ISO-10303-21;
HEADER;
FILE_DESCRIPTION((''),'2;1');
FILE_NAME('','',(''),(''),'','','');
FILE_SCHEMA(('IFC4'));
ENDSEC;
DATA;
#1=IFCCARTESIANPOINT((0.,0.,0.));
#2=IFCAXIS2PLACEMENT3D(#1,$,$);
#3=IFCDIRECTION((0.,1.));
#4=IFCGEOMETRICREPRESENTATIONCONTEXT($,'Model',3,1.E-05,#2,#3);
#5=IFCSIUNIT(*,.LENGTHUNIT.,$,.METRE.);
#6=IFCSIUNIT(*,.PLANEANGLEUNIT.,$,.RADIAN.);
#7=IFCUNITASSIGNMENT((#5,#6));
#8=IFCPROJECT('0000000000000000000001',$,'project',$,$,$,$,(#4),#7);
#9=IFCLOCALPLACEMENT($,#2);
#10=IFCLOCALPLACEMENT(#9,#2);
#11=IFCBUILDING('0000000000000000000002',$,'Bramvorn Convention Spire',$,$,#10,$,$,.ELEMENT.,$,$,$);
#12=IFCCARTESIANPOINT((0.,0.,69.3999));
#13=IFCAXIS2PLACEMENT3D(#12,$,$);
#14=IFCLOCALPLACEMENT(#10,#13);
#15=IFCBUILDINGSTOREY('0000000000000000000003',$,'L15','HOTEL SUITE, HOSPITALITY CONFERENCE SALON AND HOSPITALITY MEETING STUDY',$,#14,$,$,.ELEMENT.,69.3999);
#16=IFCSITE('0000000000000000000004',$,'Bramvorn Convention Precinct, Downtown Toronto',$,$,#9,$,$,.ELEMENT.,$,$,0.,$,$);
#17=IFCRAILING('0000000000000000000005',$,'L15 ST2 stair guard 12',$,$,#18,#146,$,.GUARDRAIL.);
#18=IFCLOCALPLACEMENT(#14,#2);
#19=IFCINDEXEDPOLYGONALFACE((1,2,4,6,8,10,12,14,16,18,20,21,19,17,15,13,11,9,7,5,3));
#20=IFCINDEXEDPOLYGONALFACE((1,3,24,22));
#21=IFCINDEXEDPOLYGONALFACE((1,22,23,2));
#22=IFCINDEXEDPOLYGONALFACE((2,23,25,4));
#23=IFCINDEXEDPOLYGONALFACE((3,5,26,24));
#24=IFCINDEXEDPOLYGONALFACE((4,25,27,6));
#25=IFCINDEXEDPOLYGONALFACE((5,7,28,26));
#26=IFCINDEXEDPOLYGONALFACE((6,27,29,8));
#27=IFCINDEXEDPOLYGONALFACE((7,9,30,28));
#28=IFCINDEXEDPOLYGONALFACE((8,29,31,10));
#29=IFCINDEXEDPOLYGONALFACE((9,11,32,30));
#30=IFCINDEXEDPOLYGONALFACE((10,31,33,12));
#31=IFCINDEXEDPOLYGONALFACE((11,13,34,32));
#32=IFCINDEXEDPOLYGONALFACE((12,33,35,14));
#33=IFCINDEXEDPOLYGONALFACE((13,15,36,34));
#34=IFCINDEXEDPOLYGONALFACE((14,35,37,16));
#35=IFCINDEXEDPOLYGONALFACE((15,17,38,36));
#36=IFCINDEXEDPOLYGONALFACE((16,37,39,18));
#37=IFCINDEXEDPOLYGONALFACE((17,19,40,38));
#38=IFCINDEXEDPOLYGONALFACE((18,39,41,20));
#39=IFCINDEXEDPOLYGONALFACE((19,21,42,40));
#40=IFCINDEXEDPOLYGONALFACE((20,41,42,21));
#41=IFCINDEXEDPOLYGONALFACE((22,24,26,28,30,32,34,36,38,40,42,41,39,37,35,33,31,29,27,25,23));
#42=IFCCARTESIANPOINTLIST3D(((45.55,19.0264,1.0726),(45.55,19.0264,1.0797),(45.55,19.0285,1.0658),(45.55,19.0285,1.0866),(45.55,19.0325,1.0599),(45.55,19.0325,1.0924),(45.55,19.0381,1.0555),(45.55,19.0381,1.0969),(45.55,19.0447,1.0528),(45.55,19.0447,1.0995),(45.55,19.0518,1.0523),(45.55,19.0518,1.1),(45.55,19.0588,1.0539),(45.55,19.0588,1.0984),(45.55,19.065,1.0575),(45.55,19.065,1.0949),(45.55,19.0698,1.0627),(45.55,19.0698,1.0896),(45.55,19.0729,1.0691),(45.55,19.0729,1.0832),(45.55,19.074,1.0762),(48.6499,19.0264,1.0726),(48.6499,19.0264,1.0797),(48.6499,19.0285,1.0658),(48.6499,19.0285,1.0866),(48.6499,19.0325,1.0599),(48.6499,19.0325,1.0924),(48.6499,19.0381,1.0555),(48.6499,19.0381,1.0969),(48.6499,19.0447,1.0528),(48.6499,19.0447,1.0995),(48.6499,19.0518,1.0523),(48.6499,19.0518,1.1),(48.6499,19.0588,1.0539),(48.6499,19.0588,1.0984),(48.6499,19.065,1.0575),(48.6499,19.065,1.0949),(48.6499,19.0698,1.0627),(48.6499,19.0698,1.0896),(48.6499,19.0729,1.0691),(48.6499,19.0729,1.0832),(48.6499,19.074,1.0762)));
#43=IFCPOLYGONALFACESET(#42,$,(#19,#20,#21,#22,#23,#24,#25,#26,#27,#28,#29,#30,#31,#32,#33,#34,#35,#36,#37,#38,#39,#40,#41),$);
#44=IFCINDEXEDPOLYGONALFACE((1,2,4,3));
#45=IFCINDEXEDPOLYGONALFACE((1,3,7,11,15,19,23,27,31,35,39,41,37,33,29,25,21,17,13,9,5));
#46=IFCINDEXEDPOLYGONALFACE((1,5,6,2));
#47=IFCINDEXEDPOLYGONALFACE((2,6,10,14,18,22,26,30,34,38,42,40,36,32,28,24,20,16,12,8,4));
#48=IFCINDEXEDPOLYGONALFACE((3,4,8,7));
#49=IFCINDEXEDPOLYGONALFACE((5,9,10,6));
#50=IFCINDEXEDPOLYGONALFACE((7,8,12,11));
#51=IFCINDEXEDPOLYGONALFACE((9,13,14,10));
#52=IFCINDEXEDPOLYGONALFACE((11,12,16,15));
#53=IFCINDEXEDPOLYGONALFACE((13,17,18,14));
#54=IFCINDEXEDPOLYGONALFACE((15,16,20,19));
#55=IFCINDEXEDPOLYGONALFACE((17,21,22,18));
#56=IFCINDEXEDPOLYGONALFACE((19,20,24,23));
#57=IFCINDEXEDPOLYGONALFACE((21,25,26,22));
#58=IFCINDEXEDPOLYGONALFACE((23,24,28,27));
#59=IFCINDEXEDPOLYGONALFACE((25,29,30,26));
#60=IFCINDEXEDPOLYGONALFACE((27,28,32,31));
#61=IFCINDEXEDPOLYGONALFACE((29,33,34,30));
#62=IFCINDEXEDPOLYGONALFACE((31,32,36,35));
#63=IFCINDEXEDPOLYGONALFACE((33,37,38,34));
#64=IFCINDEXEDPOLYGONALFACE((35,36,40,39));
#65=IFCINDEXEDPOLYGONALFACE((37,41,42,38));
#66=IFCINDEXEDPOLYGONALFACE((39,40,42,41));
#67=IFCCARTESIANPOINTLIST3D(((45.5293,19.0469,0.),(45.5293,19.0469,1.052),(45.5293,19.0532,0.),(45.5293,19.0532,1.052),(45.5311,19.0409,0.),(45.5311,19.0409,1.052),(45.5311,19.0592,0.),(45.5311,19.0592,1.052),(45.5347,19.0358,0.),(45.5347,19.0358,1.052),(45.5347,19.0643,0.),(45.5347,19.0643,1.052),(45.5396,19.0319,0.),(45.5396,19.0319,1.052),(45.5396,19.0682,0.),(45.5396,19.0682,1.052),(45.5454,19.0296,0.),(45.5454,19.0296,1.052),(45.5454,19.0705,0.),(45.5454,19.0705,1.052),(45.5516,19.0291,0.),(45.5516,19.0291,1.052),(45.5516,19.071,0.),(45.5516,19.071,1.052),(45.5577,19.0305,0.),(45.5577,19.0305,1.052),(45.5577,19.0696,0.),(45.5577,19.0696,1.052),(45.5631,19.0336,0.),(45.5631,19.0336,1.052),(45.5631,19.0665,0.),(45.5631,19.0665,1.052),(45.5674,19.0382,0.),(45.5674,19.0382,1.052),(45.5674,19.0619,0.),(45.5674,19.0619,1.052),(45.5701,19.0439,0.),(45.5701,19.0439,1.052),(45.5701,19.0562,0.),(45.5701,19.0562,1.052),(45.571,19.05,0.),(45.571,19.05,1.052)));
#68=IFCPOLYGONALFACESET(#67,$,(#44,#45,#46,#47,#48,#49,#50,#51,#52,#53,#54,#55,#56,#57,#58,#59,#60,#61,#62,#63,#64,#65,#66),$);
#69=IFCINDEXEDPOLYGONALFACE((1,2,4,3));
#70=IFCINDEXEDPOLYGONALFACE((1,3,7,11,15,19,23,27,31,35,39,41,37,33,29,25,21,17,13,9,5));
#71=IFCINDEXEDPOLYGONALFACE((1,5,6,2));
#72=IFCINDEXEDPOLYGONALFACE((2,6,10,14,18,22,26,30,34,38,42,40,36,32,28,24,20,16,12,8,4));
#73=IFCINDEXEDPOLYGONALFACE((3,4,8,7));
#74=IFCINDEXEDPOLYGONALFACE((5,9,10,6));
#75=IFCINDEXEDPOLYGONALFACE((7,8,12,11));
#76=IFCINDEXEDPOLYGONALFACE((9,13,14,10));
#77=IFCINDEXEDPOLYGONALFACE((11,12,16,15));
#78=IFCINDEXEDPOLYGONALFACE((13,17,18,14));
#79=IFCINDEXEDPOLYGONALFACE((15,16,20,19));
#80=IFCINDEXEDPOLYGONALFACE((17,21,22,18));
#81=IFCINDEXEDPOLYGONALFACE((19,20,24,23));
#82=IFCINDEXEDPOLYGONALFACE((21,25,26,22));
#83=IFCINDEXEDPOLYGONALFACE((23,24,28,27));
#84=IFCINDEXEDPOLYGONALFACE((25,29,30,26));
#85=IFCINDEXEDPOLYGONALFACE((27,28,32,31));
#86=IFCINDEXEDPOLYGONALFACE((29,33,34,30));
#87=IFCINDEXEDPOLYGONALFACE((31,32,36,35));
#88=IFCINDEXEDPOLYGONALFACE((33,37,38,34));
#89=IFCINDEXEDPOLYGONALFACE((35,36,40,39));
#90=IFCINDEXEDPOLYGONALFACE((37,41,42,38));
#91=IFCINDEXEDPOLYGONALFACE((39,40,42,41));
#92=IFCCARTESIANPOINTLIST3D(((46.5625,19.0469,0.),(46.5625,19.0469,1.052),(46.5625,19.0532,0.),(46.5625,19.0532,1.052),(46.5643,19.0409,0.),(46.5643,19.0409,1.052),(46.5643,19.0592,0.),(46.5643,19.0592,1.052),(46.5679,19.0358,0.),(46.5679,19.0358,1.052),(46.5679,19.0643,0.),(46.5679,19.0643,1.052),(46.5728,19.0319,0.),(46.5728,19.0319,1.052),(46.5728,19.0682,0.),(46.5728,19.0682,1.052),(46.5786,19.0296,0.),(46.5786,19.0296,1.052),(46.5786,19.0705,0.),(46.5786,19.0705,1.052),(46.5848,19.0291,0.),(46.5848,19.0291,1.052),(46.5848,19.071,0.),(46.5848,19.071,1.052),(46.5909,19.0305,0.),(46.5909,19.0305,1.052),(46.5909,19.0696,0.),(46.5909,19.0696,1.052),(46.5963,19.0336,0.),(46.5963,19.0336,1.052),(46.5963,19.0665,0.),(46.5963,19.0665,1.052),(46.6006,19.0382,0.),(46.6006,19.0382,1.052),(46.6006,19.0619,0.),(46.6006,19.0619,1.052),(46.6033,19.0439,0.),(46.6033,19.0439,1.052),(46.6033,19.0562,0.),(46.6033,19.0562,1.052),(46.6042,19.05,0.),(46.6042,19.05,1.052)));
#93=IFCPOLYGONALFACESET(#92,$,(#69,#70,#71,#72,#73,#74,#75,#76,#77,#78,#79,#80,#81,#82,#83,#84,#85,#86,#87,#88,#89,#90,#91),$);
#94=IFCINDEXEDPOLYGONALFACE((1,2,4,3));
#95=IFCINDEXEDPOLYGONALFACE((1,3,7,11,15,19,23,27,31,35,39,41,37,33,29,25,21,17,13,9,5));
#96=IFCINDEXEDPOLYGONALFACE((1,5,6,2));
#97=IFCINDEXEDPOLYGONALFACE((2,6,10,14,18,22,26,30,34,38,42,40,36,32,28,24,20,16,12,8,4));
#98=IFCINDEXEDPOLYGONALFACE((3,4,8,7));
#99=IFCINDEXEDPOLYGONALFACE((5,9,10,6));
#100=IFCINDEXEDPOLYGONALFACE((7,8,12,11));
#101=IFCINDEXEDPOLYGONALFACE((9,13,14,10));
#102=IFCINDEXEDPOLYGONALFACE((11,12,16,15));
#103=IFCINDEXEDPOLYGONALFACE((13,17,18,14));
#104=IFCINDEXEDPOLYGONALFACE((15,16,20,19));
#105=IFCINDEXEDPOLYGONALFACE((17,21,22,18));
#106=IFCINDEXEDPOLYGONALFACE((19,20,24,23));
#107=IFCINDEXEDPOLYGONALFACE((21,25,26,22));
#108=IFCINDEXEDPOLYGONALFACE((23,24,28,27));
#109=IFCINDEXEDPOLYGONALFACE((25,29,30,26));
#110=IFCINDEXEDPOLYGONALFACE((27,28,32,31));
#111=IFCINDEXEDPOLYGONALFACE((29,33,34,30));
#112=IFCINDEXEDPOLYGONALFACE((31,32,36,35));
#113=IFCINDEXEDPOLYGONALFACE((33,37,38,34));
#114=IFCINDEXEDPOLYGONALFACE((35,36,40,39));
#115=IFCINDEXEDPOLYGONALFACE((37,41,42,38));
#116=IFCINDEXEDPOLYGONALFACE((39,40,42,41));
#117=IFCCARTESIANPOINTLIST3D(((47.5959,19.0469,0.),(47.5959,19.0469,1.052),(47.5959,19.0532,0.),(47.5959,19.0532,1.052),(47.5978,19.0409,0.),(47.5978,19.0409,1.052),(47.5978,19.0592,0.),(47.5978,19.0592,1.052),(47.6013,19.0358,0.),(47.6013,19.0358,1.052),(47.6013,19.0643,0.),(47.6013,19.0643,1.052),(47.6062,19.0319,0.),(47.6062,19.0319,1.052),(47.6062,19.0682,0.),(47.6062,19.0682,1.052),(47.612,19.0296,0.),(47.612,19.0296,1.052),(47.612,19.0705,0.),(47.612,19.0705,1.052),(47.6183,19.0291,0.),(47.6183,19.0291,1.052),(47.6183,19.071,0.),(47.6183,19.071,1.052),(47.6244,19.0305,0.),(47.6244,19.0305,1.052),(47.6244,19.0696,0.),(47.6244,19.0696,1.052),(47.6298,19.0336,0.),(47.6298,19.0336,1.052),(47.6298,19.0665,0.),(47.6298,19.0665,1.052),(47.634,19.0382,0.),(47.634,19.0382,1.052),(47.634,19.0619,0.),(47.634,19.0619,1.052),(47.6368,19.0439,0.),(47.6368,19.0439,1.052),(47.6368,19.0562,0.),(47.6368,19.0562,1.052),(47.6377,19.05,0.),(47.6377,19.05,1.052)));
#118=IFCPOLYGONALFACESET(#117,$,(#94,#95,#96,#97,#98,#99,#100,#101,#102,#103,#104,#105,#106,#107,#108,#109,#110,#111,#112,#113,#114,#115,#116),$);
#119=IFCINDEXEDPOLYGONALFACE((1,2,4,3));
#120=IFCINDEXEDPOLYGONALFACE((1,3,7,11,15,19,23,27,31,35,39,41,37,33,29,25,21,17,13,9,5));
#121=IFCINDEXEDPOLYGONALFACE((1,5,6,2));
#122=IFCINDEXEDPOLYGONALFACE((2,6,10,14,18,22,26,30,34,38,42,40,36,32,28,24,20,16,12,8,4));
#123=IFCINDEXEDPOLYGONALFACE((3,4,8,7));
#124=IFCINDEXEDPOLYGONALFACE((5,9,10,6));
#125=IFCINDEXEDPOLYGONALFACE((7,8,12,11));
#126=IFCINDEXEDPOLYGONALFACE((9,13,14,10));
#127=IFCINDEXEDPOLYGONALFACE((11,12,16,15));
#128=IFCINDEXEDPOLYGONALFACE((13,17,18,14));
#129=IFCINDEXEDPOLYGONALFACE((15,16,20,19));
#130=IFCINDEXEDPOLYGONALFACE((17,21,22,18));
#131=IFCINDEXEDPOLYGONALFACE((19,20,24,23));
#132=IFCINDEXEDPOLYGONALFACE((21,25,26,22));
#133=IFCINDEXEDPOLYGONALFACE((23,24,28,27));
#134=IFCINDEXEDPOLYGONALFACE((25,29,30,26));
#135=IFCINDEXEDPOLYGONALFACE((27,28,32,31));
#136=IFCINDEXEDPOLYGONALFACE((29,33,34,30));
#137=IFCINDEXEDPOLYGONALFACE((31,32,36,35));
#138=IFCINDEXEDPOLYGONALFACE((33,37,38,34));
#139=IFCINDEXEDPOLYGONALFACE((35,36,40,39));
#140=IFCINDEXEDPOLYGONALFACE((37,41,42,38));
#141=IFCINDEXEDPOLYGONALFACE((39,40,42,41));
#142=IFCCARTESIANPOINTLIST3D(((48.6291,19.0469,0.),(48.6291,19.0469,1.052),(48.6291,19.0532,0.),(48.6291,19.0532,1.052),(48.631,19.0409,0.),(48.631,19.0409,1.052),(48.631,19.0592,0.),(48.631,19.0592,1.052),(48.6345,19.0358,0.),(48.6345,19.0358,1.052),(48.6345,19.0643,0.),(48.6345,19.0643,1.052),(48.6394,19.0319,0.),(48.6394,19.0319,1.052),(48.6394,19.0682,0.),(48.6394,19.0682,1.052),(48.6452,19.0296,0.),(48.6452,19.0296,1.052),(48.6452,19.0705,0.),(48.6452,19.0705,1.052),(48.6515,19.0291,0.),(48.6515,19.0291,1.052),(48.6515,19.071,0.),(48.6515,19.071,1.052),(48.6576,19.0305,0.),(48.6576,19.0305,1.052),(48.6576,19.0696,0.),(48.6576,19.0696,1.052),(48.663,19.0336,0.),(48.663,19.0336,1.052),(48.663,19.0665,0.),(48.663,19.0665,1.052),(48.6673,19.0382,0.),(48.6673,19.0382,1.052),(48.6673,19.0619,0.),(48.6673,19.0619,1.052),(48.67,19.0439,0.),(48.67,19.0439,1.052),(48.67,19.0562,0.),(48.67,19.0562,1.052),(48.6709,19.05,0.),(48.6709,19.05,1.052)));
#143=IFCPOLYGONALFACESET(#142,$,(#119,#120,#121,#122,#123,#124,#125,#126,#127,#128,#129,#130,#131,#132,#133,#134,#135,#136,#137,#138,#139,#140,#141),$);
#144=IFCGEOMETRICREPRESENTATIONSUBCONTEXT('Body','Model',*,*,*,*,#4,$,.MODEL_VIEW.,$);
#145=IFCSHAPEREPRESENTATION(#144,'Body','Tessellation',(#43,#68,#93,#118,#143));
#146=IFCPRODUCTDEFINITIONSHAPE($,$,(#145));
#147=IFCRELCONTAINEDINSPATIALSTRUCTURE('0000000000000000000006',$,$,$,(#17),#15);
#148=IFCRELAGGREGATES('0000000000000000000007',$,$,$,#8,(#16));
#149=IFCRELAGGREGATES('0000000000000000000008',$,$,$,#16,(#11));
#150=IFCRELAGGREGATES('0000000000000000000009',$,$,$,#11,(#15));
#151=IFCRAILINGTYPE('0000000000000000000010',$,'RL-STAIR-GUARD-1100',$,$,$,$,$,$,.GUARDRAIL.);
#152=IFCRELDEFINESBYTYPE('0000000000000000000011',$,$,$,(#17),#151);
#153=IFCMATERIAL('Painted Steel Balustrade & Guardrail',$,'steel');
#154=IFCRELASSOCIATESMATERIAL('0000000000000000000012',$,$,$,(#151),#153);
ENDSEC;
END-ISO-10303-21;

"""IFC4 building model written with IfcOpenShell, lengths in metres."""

from ifc_helpers import new_model, si_unit, direction, frame, origin, origin_2d, place, context, subcontext, project, spatial, circle, extrude, material, type_object, element, save


model = new_model("IFC4")

# Units and contexts
model_context = context("Model", 3, precision=1e-05, world=origin(), true_north=direction((0.0, 1.0)))
body_context = subcontext(model_context, "Body", "Model", "MODEL_VIEW")
ifc_project = project(units=[si_unit("LENGTHUNIT", "METRE"), si_unit("PLANEANGLEUNIT", "RADIAN")], contexts=[model_context])

# Site, building, storey
site_placement = place(None, origin())
site = spatial("IfcSite", under=ifc_project, at=site_placement, Name="Bramvorn Convention Precinct, Downtown Toronto", CompositionType="ELEMENT", RefElevation=0.0)
building_placement = place(site_placement, origin())
building = spatial("IfcBuilding", under=site, at=building_placement, Name="Bramvorn Convention Spire", CompositionType="ELEMENT")
storey_placement = place(building_placement, frame((0.0, 0.0, 69.3999)))
storey = spatial("IfcBuildingStorey", under=building, at=storey_placement, Name="L15", Description="HOTEL SUITE, HOSPITALITY CONFERENCE SALON AND HOSPITALITY MEETING STUDY", CompositionType="ELEMENT", Elevation=69.3999)

# Railing
ifc_material_1 = material(Name="Painted Steel Balustrade & Guardrail", Category="steel")
railing_type_1 = type_object("IfcRailingType", Name="RL-STAIR-GUARD-1100", PredefinedType="GUARDRAIL", material=ifc_material_1)
railing_1_placement = place(storey_placement, frame((45.55, 19.05, 0.0)))
element("IfcRailing", 1, at=railing_1_placement, inside=storey, type_object=railing_type_1, Name="L15 ST2 stair guard 12", PredefinedType="GUARDRAIL", context=body_context, shape_type="SweptSolid", body=[
    extrude(circle(Radius=0.0239, at=origin_2d()), frame((0.0, 0.0, 1.0762), z_axis=(1.0, 0.0, 0.0), x_axis=(0.0, 1.0, 0.0)), (0.0, 0.0, 1.0), 3.0999),
    extrude(circle(Radius=0.021, at=origin_2d()), origin(), (0.0, 0.0, 1.0), 1.052),
    extrude(circle(Radius=0.021, at=origin_2d()), frame((1.0332, 0.0, 0.0)), (0.0, 0.0, 1.0), 1.052),
    extrude(circle(Radius=0.021, at=origin_2d()), frame((2.0667, 0.0, 0.0)), (0.0, 0.0, 1.0), 1.052),
    extrude(circle(Radius=0.021, at=origin_2d()), frame((3.0999, 0.0, 0.0)), (0.0, 0.0, 1.0), 1.052),
])

save(model, "model.ifc")
